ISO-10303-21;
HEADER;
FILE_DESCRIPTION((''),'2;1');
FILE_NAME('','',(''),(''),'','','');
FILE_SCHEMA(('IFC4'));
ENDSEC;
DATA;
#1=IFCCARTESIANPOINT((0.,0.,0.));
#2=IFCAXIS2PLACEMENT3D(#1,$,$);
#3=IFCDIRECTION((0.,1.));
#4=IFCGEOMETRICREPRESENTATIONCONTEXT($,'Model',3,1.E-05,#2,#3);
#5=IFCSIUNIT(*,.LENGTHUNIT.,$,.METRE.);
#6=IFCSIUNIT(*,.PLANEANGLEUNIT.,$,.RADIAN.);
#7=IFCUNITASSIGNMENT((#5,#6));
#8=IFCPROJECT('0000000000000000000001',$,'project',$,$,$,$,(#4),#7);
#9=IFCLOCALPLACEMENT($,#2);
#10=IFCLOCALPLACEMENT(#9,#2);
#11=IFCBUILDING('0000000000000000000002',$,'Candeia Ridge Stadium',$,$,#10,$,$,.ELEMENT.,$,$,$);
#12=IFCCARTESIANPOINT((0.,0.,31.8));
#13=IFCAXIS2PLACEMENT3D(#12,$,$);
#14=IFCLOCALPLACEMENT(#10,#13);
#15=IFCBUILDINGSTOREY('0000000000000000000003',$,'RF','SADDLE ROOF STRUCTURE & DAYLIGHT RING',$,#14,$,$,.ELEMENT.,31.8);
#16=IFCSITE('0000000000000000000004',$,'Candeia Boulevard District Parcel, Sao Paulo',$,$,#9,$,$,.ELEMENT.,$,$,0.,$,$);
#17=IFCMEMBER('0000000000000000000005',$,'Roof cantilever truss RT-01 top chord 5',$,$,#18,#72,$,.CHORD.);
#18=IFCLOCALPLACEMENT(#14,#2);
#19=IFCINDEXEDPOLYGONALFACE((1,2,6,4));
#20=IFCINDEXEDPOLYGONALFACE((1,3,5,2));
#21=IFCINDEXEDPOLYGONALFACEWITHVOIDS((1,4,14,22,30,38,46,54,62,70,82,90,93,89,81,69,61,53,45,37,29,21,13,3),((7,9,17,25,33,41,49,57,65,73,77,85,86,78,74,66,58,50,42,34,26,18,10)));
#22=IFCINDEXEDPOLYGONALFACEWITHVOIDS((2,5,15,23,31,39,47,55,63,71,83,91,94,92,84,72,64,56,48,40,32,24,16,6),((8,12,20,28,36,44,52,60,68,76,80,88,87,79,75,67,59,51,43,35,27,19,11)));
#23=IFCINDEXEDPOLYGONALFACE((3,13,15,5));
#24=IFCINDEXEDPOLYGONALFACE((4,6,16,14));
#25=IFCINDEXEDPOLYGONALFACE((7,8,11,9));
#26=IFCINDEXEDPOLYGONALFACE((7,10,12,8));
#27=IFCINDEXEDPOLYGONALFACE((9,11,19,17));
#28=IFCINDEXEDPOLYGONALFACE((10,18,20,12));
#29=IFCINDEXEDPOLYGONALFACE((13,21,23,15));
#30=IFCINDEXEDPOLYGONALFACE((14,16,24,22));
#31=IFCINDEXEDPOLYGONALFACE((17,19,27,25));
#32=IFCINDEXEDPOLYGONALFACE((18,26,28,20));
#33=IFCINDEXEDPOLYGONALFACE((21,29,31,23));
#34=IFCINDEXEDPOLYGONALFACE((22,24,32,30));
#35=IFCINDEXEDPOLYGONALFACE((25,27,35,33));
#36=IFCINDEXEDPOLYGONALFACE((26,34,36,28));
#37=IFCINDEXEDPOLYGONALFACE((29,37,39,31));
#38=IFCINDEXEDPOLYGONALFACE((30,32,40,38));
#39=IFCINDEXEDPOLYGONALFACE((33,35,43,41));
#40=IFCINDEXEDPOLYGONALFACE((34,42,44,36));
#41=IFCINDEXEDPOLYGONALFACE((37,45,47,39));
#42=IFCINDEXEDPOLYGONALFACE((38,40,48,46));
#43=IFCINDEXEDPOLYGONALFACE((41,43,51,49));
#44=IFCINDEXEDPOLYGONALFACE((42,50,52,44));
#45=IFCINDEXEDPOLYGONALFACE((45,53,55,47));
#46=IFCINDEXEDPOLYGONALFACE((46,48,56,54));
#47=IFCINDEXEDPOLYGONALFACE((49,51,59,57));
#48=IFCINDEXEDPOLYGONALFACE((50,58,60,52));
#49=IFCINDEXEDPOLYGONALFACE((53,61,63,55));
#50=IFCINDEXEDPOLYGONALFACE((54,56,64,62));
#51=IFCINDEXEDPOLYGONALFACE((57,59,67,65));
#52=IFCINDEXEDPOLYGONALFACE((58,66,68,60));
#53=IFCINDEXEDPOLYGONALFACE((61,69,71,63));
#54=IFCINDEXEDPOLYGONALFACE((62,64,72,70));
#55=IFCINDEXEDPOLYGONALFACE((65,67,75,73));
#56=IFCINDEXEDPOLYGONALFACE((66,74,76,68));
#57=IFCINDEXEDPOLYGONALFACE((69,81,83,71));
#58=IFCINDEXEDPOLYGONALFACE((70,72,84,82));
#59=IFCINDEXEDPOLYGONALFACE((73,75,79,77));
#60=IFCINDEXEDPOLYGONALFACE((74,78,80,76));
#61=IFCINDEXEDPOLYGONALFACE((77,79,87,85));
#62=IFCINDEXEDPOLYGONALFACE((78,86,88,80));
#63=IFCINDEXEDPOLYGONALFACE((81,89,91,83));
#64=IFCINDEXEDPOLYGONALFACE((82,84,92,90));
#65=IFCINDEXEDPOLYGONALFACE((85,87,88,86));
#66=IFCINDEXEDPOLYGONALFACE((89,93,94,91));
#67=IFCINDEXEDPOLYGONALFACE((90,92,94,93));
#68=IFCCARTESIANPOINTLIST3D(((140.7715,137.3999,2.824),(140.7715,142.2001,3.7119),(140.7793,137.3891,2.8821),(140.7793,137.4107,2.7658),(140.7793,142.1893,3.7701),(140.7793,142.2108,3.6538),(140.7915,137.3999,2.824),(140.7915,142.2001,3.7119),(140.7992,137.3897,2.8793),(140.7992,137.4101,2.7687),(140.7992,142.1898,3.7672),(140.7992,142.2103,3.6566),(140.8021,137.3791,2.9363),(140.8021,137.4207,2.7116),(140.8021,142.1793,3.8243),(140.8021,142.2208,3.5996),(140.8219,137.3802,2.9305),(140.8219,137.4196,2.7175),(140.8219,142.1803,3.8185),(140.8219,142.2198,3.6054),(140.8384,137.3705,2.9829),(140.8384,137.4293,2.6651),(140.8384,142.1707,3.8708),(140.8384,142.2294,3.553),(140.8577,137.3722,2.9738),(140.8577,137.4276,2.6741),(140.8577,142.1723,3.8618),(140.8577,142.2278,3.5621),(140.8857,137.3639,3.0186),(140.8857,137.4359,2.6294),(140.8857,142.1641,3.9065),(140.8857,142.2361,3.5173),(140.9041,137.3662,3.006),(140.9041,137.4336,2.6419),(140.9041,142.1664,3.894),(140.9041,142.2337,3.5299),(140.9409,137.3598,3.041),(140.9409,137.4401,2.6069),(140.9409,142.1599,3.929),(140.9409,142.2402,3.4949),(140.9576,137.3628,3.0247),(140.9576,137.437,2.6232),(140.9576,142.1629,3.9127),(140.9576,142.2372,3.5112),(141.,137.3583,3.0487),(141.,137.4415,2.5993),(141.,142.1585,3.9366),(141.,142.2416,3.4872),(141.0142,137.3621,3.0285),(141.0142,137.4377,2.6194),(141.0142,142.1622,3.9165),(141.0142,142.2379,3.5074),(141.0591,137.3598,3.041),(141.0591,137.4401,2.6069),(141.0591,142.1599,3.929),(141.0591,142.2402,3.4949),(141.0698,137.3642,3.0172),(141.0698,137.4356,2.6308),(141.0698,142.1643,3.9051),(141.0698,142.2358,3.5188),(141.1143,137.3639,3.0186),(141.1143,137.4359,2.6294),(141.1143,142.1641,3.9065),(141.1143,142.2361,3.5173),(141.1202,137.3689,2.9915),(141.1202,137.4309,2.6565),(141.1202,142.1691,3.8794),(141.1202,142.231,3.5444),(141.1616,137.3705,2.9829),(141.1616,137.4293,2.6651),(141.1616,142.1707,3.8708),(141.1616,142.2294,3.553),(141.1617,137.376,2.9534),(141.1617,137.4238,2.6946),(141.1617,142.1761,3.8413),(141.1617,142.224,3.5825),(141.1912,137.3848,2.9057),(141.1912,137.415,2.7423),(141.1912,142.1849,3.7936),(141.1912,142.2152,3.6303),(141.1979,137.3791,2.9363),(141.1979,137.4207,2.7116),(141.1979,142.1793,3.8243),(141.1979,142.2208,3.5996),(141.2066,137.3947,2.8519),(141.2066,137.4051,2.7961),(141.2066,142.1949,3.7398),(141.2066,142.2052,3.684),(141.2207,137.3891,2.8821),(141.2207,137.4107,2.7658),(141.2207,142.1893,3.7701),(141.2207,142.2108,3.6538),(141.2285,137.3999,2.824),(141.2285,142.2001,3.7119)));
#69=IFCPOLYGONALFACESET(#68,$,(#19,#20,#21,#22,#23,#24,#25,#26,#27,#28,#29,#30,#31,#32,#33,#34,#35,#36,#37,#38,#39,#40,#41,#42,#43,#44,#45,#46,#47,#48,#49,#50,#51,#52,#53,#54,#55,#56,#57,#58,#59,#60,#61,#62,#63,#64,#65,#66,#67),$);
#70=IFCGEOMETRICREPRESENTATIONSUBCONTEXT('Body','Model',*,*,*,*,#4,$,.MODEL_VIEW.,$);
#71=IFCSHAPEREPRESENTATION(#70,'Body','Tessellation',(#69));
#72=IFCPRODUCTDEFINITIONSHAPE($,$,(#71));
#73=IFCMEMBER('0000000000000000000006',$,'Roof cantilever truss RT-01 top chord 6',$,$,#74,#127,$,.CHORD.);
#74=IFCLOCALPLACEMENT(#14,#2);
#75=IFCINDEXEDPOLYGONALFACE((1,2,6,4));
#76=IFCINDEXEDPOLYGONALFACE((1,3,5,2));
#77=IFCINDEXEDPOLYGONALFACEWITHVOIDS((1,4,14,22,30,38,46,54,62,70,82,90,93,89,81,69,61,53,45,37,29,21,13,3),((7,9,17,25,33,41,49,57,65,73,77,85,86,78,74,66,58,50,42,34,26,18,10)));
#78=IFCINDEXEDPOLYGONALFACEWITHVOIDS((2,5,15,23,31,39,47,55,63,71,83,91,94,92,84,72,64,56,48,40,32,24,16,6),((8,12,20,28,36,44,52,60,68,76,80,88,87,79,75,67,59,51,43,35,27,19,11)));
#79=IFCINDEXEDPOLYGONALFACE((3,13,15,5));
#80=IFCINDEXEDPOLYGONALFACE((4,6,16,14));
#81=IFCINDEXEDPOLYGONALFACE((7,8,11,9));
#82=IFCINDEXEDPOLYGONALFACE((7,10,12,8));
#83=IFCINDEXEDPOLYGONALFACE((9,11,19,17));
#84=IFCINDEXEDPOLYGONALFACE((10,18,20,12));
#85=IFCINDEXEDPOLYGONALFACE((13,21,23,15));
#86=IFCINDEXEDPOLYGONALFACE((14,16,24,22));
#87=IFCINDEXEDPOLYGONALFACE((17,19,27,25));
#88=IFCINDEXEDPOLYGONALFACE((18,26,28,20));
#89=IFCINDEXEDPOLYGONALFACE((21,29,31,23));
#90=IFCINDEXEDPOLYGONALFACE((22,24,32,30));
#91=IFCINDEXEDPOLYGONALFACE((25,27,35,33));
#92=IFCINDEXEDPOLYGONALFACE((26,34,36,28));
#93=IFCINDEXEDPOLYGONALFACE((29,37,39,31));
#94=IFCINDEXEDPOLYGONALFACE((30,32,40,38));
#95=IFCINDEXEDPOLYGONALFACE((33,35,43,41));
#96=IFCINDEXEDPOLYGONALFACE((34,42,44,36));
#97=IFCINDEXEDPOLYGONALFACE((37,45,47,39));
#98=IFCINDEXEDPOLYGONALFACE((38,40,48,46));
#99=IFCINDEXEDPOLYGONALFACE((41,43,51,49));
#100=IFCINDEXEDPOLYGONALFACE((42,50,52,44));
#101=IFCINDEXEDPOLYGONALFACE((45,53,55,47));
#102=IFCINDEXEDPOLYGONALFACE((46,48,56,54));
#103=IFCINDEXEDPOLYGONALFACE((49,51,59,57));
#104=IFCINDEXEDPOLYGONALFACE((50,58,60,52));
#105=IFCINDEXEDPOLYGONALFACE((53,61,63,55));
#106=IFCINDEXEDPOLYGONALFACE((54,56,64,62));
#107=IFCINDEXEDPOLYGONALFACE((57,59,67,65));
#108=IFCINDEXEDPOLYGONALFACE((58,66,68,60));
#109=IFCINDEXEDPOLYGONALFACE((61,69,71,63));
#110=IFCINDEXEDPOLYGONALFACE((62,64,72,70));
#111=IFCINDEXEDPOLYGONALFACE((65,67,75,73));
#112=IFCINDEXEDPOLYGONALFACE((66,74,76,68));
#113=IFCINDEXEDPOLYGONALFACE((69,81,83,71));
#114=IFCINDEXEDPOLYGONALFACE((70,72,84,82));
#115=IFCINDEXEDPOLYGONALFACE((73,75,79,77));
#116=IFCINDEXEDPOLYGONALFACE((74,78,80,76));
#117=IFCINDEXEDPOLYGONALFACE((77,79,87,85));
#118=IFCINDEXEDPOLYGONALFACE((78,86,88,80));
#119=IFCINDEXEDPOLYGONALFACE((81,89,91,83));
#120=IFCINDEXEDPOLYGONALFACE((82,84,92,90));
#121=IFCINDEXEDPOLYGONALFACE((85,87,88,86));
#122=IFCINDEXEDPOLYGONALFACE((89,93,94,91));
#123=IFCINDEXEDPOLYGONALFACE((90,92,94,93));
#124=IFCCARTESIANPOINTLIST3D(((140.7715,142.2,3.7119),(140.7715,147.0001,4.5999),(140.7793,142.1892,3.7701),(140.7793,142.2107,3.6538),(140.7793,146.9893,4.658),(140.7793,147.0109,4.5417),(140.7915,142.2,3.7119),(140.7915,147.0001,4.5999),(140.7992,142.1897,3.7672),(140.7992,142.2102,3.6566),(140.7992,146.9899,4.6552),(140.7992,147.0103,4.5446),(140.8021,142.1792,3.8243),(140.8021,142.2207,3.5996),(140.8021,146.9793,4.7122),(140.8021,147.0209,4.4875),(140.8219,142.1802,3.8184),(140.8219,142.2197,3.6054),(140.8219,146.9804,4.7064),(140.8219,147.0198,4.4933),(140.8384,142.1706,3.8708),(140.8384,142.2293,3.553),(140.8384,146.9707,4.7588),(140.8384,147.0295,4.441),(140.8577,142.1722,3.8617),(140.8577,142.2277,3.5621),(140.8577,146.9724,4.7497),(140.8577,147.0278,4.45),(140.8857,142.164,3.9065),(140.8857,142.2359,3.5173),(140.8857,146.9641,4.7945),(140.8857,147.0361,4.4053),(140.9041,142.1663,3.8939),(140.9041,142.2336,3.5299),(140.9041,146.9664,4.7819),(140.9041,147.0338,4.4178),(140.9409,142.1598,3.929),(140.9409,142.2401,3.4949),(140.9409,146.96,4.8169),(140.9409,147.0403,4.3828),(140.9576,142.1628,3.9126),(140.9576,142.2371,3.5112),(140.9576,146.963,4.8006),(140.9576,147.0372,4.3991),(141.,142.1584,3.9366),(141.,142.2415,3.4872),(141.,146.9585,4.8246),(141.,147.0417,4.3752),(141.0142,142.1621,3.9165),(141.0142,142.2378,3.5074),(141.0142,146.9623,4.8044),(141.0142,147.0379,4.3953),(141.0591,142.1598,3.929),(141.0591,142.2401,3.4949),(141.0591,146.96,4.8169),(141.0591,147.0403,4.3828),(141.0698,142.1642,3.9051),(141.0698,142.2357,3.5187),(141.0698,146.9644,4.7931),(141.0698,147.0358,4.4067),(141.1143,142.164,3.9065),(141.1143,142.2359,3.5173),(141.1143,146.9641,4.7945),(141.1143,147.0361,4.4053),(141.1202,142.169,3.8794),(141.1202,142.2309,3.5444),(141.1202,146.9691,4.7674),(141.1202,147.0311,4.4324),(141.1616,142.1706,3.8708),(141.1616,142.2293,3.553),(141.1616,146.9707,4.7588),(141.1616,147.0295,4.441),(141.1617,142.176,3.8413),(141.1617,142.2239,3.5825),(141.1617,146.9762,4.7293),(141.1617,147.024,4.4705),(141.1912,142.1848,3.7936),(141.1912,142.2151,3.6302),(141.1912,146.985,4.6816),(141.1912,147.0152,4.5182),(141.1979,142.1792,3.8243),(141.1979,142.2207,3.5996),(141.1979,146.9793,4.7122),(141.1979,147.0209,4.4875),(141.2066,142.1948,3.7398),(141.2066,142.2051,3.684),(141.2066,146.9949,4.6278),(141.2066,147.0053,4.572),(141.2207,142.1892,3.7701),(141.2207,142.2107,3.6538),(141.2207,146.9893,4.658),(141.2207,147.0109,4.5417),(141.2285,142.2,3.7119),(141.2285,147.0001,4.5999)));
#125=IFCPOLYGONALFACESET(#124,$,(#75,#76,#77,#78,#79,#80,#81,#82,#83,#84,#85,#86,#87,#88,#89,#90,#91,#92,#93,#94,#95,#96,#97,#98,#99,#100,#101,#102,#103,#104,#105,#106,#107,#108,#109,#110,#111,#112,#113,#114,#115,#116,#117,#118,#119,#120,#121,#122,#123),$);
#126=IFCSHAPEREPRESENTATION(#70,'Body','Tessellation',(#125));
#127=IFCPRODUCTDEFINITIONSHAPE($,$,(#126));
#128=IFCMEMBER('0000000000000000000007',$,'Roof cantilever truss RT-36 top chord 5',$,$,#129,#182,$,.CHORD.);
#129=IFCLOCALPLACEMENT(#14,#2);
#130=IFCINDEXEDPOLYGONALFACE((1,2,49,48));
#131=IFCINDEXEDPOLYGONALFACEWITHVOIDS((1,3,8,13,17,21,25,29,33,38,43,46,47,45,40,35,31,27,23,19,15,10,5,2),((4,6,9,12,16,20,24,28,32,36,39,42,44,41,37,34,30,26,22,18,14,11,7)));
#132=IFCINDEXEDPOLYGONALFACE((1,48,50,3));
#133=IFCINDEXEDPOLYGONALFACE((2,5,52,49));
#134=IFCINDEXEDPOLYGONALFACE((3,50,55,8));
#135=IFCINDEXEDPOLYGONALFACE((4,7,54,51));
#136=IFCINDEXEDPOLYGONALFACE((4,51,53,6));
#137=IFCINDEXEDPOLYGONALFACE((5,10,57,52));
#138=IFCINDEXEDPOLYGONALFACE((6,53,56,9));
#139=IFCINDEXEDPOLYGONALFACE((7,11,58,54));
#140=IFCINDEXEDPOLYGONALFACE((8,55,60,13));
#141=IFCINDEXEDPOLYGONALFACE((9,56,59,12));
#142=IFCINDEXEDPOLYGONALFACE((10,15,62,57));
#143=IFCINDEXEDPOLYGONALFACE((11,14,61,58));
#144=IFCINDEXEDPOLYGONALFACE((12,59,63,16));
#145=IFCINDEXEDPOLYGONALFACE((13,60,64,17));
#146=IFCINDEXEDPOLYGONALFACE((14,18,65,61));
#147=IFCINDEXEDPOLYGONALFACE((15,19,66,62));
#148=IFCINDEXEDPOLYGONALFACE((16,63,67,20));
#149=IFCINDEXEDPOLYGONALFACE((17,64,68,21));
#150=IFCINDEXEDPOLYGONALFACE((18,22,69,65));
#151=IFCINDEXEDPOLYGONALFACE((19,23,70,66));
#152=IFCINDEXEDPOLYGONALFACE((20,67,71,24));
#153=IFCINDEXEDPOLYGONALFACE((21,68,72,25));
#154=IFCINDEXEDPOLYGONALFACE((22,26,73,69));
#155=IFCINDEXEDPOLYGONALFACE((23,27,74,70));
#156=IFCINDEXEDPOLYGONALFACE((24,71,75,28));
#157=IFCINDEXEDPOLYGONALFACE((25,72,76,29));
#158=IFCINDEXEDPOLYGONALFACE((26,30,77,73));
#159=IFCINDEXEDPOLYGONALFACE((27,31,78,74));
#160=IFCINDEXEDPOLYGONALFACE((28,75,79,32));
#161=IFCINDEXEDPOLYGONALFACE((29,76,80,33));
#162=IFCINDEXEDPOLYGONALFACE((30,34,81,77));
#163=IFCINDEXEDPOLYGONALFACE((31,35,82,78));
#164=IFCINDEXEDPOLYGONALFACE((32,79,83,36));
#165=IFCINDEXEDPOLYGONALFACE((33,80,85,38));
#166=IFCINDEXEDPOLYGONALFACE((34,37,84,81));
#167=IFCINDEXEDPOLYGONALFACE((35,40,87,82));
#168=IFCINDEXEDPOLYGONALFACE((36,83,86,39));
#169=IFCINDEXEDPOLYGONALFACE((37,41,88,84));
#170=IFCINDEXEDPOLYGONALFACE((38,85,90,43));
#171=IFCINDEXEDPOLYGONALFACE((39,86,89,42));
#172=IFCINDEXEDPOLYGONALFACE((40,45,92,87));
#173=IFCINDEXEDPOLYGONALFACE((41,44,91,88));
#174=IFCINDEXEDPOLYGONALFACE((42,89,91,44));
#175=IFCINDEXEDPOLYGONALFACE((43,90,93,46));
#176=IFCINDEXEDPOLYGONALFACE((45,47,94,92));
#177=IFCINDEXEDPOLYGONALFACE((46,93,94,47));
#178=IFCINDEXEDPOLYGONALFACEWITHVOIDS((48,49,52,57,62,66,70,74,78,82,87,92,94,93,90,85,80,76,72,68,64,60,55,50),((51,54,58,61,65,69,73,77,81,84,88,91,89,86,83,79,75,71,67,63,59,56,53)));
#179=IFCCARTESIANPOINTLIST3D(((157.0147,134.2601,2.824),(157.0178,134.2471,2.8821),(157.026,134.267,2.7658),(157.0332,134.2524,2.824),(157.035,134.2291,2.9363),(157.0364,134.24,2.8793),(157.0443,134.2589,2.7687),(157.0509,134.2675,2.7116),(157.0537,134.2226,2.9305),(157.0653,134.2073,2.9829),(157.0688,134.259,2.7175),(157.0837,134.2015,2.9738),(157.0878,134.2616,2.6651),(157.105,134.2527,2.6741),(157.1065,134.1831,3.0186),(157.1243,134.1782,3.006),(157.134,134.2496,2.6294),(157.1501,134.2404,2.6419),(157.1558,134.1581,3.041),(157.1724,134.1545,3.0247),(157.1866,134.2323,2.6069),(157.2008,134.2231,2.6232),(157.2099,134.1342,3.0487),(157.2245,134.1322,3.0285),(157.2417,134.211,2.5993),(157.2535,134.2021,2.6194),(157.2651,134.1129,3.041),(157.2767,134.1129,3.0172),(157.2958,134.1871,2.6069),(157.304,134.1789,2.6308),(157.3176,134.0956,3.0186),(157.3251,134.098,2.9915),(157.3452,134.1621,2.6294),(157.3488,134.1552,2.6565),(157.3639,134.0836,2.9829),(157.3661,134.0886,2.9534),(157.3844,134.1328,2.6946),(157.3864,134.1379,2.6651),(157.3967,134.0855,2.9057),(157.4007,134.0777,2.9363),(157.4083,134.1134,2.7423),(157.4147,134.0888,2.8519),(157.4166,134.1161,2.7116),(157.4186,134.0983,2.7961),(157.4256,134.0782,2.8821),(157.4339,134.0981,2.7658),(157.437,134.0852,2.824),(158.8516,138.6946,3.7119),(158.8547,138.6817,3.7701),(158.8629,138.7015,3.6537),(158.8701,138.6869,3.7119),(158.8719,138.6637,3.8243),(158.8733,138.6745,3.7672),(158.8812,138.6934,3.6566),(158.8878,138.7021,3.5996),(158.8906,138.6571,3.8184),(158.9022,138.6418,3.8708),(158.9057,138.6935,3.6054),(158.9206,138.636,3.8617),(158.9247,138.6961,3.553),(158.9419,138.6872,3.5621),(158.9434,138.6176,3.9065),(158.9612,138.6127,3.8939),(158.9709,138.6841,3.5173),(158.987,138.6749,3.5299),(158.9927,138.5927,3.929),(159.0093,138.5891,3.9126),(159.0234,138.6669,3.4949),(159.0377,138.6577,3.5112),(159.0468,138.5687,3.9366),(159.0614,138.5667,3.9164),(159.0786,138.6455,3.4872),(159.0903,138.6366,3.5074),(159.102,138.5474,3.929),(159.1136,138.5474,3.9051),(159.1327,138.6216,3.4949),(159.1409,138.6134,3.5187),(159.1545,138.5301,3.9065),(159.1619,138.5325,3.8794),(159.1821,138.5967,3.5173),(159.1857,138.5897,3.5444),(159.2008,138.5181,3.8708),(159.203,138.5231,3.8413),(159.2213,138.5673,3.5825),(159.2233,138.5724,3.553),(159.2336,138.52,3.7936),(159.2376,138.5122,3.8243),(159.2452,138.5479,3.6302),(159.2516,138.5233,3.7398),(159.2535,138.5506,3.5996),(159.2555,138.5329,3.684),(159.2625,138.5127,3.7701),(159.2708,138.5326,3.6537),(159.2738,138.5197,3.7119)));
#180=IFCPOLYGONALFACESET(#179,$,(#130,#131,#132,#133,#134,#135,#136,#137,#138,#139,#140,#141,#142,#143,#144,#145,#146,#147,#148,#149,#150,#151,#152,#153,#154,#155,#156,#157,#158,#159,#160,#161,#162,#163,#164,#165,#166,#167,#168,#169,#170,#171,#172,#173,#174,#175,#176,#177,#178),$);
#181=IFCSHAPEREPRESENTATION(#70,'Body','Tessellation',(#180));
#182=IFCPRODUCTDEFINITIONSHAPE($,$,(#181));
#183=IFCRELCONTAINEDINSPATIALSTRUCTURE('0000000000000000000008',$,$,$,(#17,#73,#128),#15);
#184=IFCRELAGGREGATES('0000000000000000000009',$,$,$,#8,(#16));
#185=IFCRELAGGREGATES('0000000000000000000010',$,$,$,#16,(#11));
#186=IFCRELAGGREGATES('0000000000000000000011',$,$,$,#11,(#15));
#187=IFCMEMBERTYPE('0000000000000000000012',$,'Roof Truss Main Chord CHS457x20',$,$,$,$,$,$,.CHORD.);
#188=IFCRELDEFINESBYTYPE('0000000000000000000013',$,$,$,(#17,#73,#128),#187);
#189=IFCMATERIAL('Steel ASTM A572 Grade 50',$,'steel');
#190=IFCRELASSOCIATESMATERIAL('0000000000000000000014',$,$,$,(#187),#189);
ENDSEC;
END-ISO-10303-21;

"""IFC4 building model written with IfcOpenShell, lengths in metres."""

from ifc_helpers import new_model, si_unit, direction, frame, origin, origin_2d, place, context, subcontext, project, spatial, hollow_circle, extrude, material, material_profile, profile_set, type_object, element, save


model = new_model("IFC4")

# Units and contexts
model_context = context("Model", 3, precision=1e-05, world=origin(), true_north=direction((0.0, 1.0)))
body_context = subcontext(model_context, "Body", "Model", "MODEL_VIEW")
ifc_project = project(units=[si_unit("LENGTHUNIT", "METRE"), si_unit("PLANEANGLEUNIT", "RADIAN")], contexts=[model_context])

# Site, building, storey
site_placement = place(None, origin())
site = spatial("IfcSite", under=ifc_project, at=site_placement, Name="Candeia Boulevard District Parcel, Sao Paulo", CompositionType="ELEMENT", RefElevation=0.0)
building_placement = place(site_placement, origin())
building = spatial("IfcBuilding", under=site, at=building_placement, Name="Candeia Ridge Stadium", CompositionType="ELEMENT")
storey_placement = place(building_placement, frame((0.0, 0.0, 31.8)))
storey = spatial("IfcBuildingStorey", under=building, at=storey_placement, Name="RF", Description="SADDLE ROOF STRUCTURE & DAYLIGHT RING", CompositionType="ELEMENT", Elevation=31.8)

# Shared definitions
ifc_material_1 = material(Name="Steel ASTM A572 Grade 50", Category="steel")

# Members
ifc_material_profile_1 = material_profile(ifc_material_1, hollow_circle(Radius=0.2285, WallThickness=0.02, at=origin_2d()), Name="CHS457x20", Category="steel")
ifc_profile_set_1 = profile_set([ifc_material_profile_1], Name="Steel ASTM A572 Grade 50")
member_type_1 = type_object("IfcMemberType", Name="Roof Truss Main Chord CHS457x20", PredefinedType="CHORD", material=ifc_profile_set_1)
for number, where, z_axis, x_axis, name in (
    (1, (141.0, 137.3999, 2.824), (0.0, 0.983317, 0.181899), (-1.0, 0.0, 0.0), "Roof cantilever truss RT-01 top chord 5"),
    (2, (141.0, 142.2, 3.7119), (0.0, 0.983317, 0.181899), (-1.0, 0.0, 0.0), "Roof cantilever truss RT-01 top chord 6"),
):
    element("IfcMember", number, at=place(storey_placement, frame(where, z_axis=z_axis, x_axis=x_axis)), inside=storey, type_object=member_type_1, Name=name, PredefinedType="CHORD", context=body_context, shape_type="SweptSolid", body=[
        extrude(hollow_circle(Radius=0.2285, WallThickness=0.02, at=origin_2d()), origin(), (0.0, 0.0, 1.0), 4.8816),
    ])
member_1_placement = place(storey_placement, frame((157.2258, 134.1726, 2.824), z_axis=(0.376309, 0.908462, 0.181902), x_axis=(-0.923875, 0.382693, 0.0)))
element("IfcMember", 3, at=member_1_placement, inside=storey, type_object=member_type_1, Name="Roof cantilever truss RT-36 top chord 5", PredefinedType="CHORD", context=body_context, shape_type="SweptSolid", body=[
    extrude(hollow_circle(Radius=0.2285, WallThickness=0.02, at=origin_2d()), origin(), (0.0, 0.0, 1.0), 4.8813),
])

save(model, "model.ifc")
